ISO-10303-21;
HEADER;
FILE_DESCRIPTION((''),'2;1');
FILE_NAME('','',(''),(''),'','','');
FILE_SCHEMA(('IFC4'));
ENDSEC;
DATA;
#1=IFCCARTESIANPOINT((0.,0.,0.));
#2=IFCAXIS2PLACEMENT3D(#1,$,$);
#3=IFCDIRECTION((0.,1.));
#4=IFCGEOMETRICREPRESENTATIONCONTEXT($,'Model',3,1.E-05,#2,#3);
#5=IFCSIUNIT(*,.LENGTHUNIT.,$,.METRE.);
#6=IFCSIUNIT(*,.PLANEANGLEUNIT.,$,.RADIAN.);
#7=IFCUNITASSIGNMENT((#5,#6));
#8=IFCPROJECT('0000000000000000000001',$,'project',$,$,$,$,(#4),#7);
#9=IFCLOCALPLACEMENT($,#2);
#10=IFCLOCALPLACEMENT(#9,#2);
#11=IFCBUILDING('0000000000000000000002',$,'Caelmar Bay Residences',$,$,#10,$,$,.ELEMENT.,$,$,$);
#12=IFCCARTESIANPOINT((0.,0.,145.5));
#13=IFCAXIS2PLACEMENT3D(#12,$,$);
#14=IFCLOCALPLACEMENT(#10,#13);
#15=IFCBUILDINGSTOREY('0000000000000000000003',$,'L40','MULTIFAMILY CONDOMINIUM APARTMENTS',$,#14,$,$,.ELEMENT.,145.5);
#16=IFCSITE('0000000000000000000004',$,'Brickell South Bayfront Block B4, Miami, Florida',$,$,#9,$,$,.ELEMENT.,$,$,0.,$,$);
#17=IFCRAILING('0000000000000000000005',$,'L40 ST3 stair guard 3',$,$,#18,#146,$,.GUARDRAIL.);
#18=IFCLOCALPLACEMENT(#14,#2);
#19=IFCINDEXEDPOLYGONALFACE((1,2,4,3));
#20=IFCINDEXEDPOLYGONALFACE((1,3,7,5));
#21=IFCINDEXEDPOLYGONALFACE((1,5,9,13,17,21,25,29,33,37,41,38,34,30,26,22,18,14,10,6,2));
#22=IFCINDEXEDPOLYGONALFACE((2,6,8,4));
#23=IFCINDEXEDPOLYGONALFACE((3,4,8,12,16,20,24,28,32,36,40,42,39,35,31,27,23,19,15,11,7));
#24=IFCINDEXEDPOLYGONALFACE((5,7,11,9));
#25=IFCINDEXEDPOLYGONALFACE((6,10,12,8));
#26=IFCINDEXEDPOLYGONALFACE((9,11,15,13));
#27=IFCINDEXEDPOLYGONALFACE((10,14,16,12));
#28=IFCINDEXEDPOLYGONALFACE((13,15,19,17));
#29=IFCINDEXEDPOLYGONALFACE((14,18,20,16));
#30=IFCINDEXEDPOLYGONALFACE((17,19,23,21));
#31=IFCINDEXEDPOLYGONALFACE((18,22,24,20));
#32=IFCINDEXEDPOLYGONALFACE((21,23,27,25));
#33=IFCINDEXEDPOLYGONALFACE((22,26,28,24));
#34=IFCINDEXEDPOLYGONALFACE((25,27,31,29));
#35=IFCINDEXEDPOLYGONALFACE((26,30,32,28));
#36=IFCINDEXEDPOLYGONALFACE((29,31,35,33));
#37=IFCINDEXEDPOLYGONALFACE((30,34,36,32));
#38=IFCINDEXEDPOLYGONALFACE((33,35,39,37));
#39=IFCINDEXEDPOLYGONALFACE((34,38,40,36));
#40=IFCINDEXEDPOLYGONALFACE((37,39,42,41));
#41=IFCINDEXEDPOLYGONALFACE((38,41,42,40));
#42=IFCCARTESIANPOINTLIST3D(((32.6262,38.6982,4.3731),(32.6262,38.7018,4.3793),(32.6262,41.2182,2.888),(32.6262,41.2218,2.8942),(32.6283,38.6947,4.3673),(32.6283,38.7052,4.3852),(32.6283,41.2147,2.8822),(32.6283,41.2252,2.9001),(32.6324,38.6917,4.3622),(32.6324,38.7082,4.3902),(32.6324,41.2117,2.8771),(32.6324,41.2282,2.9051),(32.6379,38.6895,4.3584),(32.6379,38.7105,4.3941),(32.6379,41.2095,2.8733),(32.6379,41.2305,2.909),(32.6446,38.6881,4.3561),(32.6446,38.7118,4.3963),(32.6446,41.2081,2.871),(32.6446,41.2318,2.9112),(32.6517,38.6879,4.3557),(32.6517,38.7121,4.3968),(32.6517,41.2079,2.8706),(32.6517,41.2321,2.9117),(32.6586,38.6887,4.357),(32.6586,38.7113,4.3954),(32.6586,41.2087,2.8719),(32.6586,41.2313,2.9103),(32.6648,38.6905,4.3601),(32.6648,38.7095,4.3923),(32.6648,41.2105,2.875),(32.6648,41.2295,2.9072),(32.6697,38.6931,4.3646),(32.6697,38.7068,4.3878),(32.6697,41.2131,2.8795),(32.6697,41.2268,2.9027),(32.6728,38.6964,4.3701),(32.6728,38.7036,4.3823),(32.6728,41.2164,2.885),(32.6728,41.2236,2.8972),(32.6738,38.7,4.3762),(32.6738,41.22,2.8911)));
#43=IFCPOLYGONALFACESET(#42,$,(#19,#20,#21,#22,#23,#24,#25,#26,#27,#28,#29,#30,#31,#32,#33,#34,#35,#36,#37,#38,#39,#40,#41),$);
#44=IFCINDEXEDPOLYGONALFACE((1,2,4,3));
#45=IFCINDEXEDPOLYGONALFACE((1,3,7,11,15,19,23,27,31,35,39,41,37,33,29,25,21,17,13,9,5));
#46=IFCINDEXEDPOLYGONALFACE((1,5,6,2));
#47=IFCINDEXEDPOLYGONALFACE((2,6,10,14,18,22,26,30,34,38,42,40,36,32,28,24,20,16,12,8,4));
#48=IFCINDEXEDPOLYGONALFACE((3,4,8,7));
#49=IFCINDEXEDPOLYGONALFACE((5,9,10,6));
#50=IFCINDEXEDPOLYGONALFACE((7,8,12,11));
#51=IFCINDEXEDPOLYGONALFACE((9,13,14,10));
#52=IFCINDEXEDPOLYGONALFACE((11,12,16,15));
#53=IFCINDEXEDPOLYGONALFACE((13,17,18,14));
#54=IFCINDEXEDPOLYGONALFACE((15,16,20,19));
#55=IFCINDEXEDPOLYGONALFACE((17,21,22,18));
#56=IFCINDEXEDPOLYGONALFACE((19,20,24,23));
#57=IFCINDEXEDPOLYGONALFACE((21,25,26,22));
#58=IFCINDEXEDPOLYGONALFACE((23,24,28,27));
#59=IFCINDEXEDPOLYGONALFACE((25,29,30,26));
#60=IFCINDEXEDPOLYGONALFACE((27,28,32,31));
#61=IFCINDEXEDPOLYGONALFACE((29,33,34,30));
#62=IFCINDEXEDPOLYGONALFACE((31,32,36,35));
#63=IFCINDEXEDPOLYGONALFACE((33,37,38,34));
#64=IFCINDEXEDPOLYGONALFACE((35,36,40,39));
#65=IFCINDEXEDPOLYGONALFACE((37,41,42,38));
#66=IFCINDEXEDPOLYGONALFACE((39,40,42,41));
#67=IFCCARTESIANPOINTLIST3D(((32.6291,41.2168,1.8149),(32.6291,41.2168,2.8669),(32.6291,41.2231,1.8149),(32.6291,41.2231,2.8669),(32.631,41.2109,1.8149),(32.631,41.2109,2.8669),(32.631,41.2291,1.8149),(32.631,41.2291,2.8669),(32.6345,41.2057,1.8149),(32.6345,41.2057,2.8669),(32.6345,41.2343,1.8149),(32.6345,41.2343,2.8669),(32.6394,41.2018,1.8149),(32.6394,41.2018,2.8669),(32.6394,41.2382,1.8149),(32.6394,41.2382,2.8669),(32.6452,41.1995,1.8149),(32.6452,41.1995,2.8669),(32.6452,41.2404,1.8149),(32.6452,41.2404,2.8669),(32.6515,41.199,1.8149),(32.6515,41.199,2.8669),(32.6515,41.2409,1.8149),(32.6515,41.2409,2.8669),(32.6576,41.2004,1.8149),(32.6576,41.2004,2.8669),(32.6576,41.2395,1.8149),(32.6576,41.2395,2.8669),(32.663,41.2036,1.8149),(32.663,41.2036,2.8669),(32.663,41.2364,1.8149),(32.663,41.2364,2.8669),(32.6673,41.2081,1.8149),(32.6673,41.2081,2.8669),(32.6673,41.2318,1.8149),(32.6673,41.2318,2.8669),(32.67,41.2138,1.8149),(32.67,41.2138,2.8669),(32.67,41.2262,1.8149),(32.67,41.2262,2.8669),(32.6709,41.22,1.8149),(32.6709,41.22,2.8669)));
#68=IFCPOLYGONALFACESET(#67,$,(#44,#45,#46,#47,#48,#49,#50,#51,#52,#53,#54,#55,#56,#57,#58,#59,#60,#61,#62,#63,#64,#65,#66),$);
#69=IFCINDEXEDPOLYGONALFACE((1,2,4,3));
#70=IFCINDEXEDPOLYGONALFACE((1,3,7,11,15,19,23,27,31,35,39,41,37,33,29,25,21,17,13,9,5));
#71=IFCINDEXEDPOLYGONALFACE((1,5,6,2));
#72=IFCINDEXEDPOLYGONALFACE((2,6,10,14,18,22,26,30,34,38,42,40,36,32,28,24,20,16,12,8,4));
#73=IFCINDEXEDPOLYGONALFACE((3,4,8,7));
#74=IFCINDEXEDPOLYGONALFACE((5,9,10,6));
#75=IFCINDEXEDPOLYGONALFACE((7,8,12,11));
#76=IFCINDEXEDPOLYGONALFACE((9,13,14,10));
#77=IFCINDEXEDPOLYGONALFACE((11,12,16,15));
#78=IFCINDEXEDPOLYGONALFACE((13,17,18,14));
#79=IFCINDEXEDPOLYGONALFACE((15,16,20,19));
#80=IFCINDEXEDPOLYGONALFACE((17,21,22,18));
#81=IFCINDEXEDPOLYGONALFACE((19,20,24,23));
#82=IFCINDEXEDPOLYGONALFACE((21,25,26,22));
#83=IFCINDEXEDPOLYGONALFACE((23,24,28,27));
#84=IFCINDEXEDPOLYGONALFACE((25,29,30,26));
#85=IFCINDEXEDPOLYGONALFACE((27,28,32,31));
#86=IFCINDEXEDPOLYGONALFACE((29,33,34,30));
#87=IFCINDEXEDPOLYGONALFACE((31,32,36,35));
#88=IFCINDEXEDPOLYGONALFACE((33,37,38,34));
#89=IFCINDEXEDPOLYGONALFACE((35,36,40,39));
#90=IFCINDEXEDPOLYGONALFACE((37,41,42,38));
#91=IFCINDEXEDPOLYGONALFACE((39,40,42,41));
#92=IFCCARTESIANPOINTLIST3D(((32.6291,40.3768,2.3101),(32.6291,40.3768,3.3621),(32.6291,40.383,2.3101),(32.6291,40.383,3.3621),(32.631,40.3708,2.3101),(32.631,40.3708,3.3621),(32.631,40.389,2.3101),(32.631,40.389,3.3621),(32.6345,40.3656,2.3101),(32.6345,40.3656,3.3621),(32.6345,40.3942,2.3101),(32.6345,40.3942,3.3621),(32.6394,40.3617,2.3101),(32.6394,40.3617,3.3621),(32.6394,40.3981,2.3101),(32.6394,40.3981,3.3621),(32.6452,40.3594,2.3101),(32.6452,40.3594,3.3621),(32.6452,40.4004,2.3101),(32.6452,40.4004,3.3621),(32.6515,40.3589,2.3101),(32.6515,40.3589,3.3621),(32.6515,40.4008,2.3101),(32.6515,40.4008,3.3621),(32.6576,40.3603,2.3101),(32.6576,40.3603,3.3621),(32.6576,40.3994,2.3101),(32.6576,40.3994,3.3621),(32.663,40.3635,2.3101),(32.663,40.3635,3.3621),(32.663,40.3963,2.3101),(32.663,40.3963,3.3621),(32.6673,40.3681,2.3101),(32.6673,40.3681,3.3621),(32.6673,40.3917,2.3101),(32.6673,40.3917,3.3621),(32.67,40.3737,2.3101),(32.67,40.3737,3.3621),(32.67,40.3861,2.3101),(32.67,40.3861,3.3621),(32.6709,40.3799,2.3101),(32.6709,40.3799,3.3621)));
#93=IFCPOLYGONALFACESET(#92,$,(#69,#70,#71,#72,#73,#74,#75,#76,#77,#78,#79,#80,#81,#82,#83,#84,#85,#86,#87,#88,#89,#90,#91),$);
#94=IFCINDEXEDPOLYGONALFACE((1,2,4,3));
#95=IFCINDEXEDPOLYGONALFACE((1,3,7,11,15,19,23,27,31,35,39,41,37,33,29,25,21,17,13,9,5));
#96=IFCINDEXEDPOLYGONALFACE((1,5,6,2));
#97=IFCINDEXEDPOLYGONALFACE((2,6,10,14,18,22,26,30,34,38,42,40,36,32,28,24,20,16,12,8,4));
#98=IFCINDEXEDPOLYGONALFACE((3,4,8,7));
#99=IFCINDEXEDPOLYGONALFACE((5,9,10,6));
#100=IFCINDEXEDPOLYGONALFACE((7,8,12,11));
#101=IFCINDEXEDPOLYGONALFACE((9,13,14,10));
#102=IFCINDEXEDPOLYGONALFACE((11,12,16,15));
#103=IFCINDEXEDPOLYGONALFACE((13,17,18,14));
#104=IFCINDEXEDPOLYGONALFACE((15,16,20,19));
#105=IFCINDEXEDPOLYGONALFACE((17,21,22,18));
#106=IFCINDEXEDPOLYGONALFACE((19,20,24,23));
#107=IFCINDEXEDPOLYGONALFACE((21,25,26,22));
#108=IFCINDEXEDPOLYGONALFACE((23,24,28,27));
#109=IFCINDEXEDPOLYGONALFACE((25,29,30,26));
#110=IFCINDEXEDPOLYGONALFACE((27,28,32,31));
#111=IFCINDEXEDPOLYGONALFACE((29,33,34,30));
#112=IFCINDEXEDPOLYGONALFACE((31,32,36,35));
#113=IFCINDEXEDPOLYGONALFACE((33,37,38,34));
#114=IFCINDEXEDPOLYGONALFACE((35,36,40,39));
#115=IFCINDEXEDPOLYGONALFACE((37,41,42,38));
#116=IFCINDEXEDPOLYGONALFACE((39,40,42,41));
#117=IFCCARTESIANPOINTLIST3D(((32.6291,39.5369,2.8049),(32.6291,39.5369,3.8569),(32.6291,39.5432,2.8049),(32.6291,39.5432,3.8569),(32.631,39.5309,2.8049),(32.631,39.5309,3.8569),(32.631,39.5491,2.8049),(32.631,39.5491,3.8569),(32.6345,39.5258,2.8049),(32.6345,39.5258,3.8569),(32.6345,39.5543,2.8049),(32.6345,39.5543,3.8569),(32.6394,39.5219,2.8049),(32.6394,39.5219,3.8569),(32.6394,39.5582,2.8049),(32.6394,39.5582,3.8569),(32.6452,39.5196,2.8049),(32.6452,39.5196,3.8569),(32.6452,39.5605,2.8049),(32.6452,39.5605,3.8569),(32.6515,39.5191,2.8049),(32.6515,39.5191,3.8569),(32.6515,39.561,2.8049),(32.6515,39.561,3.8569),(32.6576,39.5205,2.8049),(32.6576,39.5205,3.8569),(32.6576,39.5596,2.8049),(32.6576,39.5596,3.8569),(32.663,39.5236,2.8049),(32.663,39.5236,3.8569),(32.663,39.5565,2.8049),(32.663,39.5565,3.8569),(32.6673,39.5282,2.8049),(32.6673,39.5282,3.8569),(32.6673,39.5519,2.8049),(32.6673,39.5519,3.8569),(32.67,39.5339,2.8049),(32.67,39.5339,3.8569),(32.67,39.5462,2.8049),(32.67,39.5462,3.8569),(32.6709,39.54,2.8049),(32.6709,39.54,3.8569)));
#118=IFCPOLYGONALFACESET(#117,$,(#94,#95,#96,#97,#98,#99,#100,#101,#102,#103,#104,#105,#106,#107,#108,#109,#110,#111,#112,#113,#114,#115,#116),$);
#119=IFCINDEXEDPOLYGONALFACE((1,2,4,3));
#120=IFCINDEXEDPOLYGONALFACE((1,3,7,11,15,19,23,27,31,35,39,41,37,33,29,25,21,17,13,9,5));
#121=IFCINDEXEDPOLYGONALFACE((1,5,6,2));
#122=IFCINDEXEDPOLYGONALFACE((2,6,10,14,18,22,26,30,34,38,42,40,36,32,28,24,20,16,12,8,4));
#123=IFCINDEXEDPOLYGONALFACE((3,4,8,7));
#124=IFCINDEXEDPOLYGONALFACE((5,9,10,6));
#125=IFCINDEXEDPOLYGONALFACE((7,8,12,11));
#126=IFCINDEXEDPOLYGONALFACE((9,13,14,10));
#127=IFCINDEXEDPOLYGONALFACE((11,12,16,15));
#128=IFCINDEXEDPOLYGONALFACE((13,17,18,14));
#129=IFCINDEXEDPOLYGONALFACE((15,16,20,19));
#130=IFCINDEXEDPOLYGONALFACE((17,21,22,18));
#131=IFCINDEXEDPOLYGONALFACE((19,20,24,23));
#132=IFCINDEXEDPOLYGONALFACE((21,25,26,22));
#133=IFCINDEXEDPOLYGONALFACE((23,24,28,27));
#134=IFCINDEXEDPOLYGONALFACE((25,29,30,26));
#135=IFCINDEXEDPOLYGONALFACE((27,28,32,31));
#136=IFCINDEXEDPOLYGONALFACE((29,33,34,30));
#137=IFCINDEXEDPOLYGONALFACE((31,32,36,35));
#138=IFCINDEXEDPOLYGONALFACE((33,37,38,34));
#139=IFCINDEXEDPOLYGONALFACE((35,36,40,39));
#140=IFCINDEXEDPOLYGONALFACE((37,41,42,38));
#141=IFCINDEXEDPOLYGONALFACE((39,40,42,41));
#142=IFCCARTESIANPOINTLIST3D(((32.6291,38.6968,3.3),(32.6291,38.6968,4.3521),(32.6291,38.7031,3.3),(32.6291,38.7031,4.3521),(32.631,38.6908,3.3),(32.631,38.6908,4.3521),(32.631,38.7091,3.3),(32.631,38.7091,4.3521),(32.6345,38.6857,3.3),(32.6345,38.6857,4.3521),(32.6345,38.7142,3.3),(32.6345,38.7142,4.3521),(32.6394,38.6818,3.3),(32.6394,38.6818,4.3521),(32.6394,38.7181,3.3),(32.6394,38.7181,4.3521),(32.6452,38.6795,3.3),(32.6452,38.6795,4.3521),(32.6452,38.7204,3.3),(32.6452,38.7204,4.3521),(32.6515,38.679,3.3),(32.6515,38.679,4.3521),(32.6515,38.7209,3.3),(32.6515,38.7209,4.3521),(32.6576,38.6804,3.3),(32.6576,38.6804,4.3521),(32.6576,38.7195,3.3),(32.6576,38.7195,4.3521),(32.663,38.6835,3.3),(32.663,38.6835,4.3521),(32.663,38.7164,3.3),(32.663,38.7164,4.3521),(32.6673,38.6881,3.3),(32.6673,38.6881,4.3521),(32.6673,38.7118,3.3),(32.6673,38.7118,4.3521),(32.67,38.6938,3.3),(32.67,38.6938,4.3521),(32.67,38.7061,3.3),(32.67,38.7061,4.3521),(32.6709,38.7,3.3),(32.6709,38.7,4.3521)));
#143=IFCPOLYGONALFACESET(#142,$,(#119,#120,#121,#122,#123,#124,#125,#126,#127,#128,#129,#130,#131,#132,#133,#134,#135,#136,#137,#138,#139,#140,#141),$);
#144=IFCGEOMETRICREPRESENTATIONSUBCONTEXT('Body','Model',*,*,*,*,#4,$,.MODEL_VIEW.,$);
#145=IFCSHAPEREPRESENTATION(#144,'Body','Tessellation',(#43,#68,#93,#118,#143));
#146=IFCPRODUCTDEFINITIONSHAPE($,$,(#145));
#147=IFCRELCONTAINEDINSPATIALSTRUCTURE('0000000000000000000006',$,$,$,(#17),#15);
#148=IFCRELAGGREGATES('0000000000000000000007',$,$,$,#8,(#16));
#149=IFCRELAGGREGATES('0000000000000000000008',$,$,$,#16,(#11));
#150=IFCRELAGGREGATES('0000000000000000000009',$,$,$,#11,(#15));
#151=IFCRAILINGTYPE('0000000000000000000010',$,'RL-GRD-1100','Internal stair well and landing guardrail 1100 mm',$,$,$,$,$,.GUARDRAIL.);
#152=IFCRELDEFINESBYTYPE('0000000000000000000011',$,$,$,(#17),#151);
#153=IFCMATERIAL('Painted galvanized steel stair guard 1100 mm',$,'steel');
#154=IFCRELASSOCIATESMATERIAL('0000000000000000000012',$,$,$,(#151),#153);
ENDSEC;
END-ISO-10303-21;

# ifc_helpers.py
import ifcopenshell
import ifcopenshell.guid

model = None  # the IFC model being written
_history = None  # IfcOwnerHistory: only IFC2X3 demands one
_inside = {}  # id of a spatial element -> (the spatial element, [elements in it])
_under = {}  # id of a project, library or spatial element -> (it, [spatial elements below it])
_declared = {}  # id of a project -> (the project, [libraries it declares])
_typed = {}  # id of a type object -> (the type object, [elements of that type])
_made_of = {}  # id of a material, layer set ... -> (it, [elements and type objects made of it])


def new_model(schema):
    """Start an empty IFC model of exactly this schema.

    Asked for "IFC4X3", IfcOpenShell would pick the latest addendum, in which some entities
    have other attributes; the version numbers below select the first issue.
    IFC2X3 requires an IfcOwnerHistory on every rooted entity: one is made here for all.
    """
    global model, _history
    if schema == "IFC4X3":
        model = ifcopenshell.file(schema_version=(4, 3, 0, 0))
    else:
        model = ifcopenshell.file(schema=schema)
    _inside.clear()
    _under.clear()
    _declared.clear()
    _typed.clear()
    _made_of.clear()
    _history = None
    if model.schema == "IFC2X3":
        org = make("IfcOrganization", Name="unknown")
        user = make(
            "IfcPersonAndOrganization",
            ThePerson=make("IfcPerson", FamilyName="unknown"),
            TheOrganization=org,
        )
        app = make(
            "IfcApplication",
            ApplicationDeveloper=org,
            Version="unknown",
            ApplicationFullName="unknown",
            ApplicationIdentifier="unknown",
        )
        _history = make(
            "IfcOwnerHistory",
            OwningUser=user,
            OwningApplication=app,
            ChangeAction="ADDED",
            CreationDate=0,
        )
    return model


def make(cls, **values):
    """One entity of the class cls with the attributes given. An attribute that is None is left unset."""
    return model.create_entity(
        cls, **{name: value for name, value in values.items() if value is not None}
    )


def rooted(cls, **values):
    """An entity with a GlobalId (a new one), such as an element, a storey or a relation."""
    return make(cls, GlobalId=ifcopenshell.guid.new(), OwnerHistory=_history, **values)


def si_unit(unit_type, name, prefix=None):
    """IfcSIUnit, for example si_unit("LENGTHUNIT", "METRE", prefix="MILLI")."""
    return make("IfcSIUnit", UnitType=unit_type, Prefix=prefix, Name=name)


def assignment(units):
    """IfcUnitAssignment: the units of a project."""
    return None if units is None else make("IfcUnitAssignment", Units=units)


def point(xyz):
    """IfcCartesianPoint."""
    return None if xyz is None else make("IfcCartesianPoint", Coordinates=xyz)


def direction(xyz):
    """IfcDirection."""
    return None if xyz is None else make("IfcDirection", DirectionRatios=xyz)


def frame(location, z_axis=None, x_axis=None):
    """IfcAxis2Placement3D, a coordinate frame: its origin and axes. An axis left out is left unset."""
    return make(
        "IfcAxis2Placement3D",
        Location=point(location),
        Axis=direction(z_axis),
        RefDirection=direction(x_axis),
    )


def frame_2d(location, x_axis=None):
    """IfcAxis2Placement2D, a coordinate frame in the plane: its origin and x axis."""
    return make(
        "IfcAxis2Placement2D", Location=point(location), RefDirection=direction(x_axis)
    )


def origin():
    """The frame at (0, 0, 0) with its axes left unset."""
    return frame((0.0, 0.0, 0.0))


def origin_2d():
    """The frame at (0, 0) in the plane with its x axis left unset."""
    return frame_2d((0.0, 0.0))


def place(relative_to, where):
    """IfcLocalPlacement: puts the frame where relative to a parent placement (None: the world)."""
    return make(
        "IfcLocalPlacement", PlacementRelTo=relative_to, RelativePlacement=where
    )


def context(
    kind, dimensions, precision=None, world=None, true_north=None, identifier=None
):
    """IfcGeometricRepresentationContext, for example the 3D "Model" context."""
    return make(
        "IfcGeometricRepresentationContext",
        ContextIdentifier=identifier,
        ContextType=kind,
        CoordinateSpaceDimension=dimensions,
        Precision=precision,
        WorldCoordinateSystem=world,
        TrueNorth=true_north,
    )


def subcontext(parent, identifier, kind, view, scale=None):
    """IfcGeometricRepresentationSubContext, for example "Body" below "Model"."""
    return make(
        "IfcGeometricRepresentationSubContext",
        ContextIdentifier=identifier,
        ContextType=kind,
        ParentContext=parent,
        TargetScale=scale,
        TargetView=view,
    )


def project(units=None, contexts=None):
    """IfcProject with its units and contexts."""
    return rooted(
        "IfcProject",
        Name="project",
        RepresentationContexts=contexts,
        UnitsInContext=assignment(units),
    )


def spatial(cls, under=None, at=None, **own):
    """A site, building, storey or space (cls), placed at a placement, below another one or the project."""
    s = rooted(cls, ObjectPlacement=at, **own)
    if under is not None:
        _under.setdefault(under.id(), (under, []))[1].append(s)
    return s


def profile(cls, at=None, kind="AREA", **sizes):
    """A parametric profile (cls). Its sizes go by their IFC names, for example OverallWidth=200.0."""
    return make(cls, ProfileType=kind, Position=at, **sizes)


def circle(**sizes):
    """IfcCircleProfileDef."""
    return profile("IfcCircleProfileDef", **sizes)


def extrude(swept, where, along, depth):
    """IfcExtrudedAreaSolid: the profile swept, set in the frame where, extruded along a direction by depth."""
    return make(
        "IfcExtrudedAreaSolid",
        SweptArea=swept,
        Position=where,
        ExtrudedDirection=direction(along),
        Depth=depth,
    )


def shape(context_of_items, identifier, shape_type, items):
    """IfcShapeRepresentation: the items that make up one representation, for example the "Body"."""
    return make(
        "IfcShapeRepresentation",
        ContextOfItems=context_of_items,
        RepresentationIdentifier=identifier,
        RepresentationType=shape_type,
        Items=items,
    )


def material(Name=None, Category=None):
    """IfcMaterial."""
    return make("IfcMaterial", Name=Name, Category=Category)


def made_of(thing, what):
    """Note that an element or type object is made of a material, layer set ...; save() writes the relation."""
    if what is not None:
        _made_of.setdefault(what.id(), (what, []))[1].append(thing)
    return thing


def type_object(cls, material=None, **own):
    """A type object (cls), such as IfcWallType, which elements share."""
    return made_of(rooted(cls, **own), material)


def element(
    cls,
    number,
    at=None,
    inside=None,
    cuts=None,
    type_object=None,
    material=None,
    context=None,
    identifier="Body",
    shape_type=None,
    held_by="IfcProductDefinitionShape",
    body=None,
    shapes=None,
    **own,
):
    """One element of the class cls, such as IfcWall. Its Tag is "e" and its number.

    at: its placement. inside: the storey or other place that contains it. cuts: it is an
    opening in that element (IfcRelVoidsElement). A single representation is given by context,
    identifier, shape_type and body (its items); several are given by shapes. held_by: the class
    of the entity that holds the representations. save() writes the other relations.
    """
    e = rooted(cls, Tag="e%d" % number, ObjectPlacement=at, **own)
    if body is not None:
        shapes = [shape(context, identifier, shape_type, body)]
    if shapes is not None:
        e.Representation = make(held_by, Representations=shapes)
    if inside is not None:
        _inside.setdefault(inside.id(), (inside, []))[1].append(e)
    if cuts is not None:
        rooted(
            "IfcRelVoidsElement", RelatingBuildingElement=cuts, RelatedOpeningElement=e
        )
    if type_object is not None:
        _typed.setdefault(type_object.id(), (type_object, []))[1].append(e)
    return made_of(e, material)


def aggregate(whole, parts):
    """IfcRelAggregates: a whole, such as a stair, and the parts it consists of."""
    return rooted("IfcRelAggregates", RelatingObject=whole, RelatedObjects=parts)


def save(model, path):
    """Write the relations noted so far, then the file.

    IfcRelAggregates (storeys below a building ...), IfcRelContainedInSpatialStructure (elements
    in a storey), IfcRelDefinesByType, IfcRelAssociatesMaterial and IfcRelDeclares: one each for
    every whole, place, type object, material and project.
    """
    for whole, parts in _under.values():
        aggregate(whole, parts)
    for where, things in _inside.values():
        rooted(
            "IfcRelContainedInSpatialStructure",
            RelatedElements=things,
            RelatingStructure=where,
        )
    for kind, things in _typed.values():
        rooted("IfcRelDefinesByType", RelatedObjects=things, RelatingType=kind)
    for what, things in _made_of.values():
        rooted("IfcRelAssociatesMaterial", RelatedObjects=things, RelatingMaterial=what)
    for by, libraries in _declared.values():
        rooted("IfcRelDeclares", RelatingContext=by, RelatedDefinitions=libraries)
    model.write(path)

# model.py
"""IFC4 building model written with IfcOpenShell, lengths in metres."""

from ifc_helpers import new_model, si_unit, direction, frame, origin, origin_2d, place, context, subcontext, project, spatial, circle, extrude, material, type_object, element, save


model = new_model("IFC4")

# Units and contexts
model_context = context("Model", 3, precision=1e-05, world=origin(), true_north=direction((0.0, 1.0)))
body_context = subcontext(model_context, "Body", "Model", "MODEL_VIEW")
ifc_project = project(units=[si_unit("LENGTHUNIT", "METRE"), si_unit("PLANEANGLEUNIT", "RADIAN")], contexts=[model_context])

# Site, building, storey
site_placement = place(None, origin())
site = spatial("IfcSite", under=ifc_project, at=site_placement, Name="Brickell South Bayfront Block B4, Miami, Florida", CompositionType="ELEMENT", RefElevation=0.0)
building_placement = place(site_placement, origin())
building = spatial("IfcBuilding", under=site, at=building_placement, Name="Caelmar Bay Residences", CompositionType="ELEMENT")
storey_placement = place(building_placement, frame((0.0, 0.0, 145.5)))
storey = spatial("IfcBuildingStorey", under=building, at=storey_placement, Name="L40", Description="MULTIFAMILY CONDOMINIUM APARTMENTS", CompositionType="ELEMENT", Elevation=145.5)

# Railing
ifc_material_1 = material(Name="Painted galvanized steel stair guard 1100 mm", Category="steel")
railing_type_1 = type_object("IfcRailingType", Name="RL-GRD-1100", Description="Internal stair well and landing guardrail 1100 mm", PredefinedType="GUARDRAIL", material=ifc_material_1)
railing_1_placement = place(storey_placement, frame((32.6499, 41.22, 1.8149)))
element("IfcRailing", 1, at=railing_1_placement, inside=storey, type_object=railing_type_1, Name="L40 ST3 stair guard 3", PredefinedType="GUARDRAIL", context=body_context, shape_type="SweptSolid", body=[
    extrude(circle(Radius=0.0239, at=origin_2d()), frame((0.0, 0.0, 1.0762), z_axis=(0.0, -0.861524, 0.507717), x_axis=(1.0, 0.0, 0.0)), (0.0, 0.0, 1.0), 2.925),
    extrude(circle(Radius=0.021, at=origin_2d()), origin(), (0.0, 0.0, 1.0), 1.052),
    extrude(circle(Radius=0.021, at=origin_2d()), frame((0.0, -0.8401, 0.4951)), (0.0, 0.0, 1.0), 1.052),
    extrude(circle(Radius=0.021, at=origin_2d()), frame((0.0, -1.6799, 0.99)), (0.0, 0.0, 1.0), 1.052),
    extrude(circle(Radius=0.021, at=origin_2d()), frame((0.0, -2.52, 1.4851)), (0.0, 0.0, 1.0), 1.052),
])

save(model, "model.ifc")
